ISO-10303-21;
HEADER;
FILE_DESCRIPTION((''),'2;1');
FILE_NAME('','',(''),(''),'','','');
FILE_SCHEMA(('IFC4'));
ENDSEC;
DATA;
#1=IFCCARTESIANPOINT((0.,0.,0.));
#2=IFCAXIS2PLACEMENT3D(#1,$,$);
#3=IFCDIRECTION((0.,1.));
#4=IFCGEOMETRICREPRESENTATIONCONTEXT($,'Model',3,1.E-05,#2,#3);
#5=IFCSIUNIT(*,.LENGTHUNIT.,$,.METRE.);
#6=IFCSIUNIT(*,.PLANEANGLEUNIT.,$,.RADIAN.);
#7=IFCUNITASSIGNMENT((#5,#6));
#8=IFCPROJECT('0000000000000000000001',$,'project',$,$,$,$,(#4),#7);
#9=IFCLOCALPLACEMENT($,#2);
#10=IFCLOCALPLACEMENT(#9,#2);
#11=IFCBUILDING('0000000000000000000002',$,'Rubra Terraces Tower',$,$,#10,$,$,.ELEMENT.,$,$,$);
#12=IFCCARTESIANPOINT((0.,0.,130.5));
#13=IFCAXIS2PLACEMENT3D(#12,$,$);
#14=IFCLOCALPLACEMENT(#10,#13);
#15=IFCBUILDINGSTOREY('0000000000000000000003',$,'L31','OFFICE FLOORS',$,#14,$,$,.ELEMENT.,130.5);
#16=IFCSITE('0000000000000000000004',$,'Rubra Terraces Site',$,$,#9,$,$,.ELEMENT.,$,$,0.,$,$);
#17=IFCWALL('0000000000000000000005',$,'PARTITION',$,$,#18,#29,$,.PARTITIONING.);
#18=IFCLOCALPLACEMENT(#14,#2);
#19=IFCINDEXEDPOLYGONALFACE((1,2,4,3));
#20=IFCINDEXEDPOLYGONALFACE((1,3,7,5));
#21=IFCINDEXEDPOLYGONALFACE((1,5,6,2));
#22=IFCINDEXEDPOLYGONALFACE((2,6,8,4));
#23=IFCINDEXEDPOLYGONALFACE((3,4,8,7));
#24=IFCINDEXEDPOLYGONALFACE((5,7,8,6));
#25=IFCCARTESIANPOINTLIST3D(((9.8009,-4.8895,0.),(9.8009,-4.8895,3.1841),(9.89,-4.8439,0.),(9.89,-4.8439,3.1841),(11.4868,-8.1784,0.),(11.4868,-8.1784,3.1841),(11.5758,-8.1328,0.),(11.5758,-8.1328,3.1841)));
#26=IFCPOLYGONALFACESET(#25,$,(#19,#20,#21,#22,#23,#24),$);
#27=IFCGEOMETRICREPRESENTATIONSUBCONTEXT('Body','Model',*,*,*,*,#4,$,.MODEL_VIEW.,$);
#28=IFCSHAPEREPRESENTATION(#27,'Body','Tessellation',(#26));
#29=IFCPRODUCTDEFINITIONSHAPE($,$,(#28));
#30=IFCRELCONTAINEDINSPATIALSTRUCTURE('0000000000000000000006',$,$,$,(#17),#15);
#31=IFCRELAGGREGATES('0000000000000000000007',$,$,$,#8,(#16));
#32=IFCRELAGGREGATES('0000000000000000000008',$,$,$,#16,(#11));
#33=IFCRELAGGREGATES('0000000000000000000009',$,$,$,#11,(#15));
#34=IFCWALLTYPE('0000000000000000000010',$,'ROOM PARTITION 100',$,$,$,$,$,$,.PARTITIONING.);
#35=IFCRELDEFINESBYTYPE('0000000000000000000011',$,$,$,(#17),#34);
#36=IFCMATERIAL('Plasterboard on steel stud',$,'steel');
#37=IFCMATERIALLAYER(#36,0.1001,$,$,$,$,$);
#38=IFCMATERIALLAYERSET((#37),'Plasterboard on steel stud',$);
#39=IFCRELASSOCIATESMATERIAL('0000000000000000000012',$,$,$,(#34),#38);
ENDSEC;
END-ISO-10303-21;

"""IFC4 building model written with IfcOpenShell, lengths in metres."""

from ifc_helpers import new_model, si_unit, direction, frame, frame_2d, origin, place, context, subcontext, project, spatial, rectangle, extrude, material, layer, layer_set, type_object, element, save


model = new_model("IFC4")

# Units and contexts
model_context = context("Model", 3, precision=1e-05, world=origin(), true_north=direction((0.0, 1.0)))
body_context = subcontext(model_context, "Body", "Model", "MODEL_VIEW")
ifc_project = project(units=[si_unit("LENGTHUNIT", "METRE"), si_unit("PLANEANGLEUNIT", "RADIAN")], contexts=[model_context])

# Site, building, storey
site_placement = place(None, origin())
site = spatial("IfcSite", under=ifc_project, at=site_placement, Name="Rubra Terraces Site", CompositionType="ELEMENT", RefElevation=0.0)
building_placement = place(site_placement, origin())
building = spatial("IfcBuilding", under=site, at=building_placement, Name="Rubra Terraces Tower", CompositionType="ELEMENT")
storey_placement = place(building_placement, frame((0.0, 0.0, 130.5)))
storey = spatial("IfcBuildingStorey", under=building, at=storey_placement, Name="L31", Description="OFFICE FLOORS", CompositionType="ELEMENT", Elevation=130.5)

# Wall
ifc_material_1 = material(Name="Plasterboard on steel stud", Category="steel")
ifc_layer_1 = layer(ifc_material_1, 0.1001)
ifc_layer_set_1 = layer_set([ifc_layer_1], Name="Plasterboard on steel stud")
wall_type_1 = type_object("IfcWallType", Name="ROOM PARTITION 100", PredefinedType="PARTITIONING", material=ifc_layer_set_1)
wall_1_placement = place(storey_placement, frame((9.8455, -4.8667, 0.0), z_axis=(0.0, 0.0, 1.0), x_axis=(0.456149, -0.889903, 0.0)))
element("IfcWall", 1, at=wall_1_placement, inside=storey, type_object=wall_type_1, Name="PARTITION", PredefinedType="PARTITIONING", context=body_context, shape_type="SweptSolid", body=[
    extrude(rectangle(XDim=3.6958, YDim=0.1001, at=frame_2d((1.8479, 0.0))), origin(), (0.0, 0.0, 1.0), 3.1841),
])

save(model, "model.ifc")
